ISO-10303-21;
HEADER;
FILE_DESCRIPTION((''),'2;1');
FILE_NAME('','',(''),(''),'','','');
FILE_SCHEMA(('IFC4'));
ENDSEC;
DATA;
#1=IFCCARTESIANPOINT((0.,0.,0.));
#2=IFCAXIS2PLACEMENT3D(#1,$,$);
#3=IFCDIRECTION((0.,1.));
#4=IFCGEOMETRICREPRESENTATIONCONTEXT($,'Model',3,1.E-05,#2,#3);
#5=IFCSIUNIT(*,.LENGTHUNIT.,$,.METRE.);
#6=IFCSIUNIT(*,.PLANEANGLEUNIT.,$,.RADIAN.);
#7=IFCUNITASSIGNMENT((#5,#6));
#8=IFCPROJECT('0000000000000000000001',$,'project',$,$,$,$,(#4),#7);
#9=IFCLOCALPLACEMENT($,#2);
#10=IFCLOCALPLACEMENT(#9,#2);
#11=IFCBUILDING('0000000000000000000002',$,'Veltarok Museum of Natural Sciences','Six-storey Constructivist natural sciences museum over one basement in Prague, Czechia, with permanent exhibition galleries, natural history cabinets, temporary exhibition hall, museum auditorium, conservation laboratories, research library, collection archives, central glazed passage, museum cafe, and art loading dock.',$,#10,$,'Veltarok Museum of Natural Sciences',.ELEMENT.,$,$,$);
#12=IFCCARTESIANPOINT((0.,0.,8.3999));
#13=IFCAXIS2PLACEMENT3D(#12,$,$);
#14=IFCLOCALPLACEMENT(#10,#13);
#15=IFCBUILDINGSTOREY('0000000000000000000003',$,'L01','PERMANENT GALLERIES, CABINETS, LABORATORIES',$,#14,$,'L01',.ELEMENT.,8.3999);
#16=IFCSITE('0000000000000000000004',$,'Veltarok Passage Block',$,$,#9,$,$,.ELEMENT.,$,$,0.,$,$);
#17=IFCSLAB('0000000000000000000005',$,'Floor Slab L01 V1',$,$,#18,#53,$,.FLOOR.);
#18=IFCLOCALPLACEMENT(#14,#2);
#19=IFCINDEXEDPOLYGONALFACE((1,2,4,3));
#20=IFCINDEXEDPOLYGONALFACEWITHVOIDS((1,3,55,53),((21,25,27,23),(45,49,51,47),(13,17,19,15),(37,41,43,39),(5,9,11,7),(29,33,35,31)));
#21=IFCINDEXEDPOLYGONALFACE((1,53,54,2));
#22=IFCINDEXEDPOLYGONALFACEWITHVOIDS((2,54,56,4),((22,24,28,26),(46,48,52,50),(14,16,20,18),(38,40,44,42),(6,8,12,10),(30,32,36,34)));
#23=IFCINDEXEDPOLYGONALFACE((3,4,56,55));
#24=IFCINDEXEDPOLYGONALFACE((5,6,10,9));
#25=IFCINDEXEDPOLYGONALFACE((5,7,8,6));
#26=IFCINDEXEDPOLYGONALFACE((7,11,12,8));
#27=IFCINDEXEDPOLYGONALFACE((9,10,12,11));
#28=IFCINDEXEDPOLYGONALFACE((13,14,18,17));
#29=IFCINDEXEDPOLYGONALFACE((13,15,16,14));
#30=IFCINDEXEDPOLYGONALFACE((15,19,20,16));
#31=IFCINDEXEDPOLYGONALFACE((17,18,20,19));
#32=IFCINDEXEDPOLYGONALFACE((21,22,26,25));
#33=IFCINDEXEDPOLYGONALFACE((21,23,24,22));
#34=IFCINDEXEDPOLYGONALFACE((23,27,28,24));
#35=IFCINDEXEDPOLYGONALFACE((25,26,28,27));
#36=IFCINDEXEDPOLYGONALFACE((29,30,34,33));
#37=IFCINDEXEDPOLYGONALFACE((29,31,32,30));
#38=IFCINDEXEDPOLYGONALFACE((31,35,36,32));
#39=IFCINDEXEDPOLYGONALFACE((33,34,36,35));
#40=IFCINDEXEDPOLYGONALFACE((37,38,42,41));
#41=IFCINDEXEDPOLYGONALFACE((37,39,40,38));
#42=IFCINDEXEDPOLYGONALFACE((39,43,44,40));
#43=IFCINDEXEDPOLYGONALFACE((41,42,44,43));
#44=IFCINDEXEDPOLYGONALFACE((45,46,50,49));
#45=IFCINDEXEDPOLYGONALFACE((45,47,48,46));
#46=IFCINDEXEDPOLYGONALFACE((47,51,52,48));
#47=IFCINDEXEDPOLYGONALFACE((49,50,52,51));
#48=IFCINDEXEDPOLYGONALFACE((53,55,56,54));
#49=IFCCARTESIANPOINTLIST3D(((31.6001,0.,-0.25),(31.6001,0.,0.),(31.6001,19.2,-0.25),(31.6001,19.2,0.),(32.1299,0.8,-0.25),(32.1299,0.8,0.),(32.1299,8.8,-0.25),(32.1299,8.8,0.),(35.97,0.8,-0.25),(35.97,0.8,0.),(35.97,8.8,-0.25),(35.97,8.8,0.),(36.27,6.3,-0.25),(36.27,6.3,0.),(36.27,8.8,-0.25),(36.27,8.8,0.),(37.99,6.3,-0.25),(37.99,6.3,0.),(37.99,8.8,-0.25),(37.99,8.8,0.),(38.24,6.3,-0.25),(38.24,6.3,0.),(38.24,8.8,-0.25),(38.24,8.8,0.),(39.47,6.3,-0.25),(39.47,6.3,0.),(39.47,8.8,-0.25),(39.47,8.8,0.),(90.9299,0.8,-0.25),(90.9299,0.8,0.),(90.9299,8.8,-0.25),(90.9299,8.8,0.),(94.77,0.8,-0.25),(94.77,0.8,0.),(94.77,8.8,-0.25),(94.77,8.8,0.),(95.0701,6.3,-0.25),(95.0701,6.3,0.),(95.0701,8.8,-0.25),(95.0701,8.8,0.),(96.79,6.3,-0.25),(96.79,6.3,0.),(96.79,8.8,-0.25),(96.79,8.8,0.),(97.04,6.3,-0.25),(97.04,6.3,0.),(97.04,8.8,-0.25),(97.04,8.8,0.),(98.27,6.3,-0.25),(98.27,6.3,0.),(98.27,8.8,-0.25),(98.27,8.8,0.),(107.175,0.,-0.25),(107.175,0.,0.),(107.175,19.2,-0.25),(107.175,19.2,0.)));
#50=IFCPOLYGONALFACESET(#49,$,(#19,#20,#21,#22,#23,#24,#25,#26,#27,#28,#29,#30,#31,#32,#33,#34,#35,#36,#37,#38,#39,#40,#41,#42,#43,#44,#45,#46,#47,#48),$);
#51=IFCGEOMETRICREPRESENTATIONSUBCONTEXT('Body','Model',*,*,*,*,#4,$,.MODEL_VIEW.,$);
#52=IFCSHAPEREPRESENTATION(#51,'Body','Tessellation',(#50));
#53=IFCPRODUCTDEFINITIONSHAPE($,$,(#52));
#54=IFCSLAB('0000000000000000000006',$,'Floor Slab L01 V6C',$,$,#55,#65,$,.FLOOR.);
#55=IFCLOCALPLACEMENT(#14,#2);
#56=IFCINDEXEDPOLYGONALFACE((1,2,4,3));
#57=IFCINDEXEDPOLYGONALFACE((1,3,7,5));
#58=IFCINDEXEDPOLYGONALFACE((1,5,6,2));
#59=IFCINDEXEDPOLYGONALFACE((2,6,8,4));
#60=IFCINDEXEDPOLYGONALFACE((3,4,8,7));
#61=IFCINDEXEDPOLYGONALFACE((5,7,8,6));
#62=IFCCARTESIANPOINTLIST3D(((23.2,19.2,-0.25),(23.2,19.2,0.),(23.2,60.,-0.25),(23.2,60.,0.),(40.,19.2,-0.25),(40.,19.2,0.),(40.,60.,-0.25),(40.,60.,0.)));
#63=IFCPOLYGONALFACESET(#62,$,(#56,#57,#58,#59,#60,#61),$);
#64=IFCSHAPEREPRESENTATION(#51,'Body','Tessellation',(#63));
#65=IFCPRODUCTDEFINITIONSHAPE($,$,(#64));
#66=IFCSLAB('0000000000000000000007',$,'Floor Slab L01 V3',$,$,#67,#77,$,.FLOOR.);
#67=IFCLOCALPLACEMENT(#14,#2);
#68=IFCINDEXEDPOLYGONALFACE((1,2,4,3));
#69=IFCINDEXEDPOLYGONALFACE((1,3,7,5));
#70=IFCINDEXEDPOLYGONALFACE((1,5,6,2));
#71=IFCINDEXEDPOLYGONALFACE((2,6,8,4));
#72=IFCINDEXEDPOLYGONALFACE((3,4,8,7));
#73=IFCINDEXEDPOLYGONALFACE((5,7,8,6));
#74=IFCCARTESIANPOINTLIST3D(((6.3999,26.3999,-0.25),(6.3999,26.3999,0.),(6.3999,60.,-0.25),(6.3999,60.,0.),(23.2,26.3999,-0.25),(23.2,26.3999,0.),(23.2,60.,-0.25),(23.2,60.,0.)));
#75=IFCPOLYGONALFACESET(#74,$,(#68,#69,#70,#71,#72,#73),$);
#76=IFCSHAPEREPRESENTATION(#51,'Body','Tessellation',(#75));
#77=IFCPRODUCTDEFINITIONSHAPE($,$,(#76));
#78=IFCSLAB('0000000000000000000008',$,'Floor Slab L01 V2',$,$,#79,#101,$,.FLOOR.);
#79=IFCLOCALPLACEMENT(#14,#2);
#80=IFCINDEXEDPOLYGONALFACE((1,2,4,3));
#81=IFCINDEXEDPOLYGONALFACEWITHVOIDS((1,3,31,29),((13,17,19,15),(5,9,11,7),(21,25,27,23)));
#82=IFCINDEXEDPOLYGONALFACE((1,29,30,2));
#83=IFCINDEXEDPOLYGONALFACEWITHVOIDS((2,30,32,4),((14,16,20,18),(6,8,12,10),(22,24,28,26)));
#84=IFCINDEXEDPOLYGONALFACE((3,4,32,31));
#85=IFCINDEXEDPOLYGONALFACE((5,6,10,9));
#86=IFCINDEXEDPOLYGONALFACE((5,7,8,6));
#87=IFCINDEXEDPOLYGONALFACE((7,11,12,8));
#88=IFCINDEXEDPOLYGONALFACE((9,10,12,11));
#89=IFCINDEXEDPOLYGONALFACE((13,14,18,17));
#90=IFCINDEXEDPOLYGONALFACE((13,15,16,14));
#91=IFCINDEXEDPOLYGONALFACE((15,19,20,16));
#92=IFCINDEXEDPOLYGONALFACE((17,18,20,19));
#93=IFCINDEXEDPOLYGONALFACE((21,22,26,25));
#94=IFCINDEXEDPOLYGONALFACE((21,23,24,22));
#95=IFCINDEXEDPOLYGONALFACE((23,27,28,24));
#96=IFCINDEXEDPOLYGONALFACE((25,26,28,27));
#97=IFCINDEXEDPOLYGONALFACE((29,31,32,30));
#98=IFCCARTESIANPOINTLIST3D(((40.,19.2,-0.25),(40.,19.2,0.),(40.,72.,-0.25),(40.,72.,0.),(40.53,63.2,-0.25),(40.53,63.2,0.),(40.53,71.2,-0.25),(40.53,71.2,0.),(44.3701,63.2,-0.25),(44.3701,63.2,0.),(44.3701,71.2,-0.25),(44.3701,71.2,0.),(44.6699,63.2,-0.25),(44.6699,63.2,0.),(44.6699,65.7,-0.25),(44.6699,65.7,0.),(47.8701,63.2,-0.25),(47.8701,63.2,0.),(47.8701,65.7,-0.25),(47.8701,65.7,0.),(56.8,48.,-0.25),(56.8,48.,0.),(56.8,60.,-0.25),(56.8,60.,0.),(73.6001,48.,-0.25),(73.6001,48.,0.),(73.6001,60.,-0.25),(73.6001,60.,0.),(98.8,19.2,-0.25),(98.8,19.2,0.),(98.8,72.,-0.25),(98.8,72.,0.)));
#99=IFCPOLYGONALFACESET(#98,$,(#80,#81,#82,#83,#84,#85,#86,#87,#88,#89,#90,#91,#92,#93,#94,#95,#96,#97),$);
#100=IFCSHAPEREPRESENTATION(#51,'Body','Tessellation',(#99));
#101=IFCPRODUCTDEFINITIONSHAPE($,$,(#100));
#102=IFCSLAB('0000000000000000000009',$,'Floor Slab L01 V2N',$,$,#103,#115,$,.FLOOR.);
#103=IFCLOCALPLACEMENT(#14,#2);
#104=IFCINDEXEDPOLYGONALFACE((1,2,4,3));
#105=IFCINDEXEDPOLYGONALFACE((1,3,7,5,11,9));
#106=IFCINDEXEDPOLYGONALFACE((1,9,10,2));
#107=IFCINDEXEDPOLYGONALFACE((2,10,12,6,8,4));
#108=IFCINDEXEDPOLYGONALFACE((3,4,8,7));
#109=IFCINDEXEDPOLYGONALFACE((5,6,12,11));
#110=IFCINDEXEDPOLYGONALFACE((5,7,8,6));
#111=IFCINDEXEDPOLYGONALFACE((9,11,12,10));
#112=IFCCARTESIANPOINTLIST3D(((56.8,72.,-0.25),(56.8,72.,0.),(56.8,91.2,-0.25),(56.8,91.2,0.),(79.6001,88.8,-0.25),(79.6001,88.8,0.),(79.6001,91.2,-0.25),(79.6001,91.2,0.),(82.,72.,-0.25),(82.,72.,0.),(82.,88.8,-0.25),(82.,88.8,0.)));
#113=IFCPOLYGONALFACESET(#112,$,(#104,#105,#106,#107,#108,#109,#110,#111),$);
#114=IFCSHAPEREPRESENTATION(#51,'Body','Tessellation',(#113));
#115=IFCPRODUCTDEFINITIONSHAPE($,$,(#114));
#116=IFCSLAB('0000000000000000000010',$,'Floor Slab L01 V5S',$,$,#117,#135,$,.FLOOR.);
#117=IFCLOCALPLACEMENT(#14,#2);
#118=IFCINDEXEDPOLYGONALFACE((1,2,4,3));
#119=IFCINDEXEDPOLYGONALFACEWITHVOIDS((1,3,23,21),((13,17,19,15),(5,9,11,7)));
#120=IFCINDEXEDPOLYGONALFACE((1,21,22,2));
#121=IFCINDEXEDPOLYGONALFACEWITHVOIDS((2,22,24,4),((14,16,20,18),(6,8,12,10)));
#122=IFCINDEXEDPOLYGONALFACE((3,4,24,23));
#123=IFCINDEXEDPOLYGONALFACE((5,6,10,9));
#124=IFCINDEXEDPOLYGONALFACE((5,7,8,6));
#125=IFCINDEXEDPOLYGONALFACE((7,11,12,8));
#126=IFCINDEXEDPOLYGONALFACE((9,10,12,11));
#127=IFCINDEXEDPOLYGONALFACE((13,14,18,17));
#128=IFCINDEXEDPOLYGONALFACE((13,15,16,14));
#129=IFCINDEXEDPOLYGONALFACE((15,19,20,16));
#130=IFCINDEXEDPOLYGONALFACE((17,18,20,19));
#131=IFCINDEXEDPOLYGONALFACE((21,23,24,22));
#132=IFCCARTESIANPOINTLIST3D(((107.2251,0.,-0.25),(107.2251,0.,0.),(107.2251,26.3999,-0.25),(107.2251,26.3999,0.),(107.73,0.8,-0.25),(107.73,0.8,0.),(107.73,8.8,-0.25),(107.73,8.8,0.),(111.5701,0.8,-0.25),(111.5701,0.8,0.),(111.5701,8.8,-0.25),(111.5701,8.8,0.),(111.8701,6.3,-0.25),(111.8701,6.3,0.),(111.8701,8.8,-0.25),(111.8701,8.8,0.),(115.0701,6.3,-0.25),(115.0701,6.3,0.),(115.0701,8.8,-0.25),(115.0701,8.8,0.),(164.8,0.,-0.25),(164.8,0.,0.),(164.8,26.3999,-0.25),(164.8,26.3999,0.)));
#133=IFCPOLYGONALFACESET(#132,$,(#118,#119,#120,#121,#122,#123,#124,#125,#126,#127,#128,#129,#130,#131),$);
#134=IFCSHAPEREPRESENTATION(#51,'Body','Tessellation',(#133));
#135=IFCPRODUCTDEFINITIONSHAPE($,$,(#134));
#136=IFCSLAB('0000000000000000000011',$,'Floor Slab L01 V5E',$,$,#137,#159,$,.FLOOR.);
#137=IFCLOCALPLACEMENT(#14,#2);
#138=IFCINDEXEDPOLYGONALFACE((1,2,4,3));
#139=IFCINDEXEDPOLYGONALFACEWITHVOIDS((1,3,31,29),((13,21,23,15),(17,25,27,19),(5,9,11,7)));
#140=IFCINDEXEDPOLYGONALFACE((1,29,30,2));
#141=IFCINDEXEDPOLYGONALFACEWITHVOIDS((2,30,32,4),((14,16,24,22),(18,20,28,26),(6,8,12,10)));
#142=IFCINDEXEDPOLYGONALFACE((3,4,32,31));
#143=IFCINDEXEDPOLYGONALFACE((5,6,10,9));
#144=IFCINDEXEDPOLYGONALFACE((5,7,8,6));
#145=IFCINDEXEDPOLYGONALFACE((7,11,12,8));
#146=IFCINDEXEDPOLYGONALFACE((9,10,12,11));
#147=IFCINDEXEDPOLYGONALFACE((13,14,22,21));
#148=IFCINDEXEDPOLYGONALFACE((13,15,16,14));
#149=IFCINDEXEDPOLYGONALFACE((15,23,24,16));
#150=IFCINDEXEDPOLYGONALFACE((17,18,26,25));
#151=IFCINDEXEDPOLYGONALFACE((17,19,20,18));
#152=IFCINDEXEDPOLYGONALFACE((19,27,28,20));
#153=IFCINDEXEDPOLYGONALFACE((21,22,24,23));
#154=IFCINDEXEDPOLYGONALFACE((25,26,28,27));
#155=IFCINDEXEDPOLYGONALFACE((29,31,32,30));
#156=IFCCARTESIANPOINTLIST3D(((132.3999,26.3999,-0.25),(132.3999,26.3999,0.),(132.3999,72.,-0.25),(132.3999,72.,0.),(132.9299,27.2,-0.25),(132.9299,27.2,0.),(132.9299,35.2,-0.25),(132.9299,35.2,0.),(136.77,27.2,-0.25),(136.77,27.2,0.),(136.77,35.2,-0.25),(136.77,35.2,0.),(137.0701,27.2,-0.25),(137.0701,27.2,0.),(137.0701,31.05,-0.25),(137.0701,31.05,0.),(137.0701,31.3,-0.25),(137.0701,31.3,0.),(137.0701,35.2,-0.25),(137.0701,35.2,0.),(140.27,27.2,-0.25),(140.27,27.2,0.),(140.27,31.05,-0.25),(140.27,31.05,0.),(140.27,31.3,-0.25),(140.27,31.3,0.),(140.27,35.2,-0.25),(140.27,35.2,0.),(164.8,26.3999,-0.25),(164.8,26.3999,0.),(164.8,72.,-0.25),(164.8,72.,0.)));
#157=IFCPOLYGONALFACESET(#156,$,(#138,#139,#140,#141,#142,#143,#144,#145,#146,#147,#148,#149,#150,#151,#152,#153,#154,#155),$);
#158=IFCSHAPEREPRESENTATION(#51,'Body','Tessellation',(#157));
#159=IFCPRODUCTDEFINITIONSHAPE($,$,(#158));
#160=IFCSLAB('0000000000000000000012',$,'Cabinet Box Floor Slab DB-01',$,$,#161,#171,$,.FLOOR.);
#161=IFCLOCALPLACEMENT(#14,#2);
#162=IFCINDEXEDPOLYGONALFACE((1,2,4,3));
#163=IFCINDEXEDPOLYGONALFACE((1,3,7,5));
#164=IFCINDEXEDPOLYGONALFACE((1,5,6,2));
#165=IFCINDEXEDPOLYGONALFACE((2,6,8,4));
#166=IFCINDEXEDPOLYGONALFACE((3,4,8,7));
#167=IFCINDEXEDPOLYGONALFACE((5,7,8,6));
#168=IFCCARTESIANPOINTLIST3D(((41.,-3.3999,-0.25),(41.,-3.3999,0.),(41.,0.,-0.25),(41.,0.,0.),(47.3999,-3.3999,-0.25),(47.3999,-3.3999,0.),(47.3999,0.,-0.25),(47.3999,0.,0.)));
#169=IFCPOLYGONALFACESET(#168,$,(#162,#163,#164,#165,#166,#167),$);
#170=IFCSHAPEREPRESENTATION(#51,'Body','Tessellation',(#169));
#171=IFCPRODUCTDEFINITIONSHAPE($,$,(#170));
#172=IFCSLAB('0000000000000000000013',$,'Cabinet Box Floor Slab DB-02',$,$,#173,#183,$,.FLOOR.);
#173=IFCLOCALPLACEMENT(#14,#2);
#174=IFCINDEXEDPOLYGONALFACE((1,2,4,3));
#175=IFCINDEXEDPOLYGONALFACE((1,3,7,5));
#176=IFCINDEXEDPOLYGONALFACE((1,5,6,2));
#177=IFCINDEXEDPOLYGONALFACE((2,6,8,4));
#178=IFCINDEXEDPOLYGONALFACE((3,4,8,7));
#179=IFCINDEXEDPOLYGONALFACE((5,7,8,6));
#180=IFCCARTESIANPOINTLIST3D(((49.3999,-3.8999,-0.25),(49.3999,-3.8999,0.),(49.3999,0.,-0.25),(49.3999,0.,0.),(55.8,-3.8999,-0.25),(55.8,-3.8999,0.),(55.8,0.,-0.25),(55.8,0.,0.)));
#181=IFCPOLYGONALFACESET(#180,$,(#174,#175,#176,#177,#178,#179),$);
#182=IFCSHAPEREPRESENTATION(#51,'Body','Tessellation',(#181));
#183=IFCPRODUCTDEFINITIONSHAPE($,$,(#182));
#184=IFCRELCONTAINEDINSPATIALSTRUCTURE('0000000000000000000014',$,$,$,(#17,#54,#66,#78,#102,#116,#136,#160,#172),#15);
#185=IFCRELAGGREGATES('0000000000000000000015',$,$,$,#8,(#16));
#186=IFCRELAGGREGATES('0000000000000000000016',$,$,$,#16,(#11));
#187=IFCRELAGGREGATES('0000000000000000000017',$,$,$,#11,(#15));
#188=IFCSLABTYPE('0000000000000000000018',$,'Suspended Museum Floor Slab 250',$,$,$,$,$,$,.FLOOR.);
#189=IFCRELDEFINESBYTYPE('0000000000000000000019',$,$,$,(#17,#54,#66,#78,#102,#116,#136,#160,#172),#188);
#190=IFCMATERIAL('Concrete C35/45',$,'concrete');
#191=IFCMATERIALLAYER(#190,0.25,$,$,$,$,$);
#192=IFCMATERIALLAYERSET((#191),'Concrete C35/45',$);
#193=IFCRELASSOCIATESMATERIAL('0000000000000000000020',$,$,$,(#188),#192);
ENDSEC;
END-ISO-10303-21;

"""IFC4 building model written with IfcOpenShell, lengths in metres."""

from ifc_helpers import new_model, si_unit, direction, frame, origin, place, context, subcontext, project, spatial, polyline, outline, extrude, material, layer, layer_set, type_object, element, save


model = new_model("IFC4")

# Units and contexts
model_context = context("Model", 3, precision=1e-05, world=origin(), true_north=direction((0.0, 1.0)))
body_context = subcontext(model_context, "Body", "Model", "MODEL_VIEW")
ifc_project = project(units=[si_unit("LENGTHUNIT", "METRE"), si_unit("PLANEANGLEUNIT", "RADIAN")], contexts=[model_context])

# Site, building, storey
site_placement = place(None, origin())
site = spatial("IfcSite", under=ifc_project, at=site_placement, Name="Veltarok Passage Block", CompositionType="ELEMENT", RefElevation=0.0)
building_placement = place(site_placement, origin())
building = spatial("IfcBuilding", under=site, at=building_placement, Name="Veltarok Museum of Natural Sciences", Description="Six-storey Constructivist natural sciences museum over one basement in Prague, Czechia, with permanent exhibition galleries, natural history cabinets, temporary exhibition hall, museum auditorium, conservation laboratories, research library, collection archives, central glazed passage, museum cafe, and art loading dock.", LongName="Veltarok Museum of Natural Sciences", CompositionType="ELEMENT")
storey_placement = place(building_placement, frame((0.0, 0.0, 8.3999)))
storey = spatial("IfcBuildingStorey", under=building, at=storey_placement, Name="L01", Description="PERMANENT GALLERIES, CABINETS, LABORATORIES", LongName="L01", CompositionType="ELEMENT", Elevation=8.3999)

# Shared definitions
ifc_material_1 = material(Name="Concrete C35/45", Category="concrete")

# Slabs
ifc_layer_1 = layer(ifc_material_1, 0.25)
ifc_layer_set_1 = layer_set([ifc_layer_1], Name="Concrete C35/45")
slab_type_1 = type_object("IfcSlabType", Name="Suspended Museum Floor Slab 250", PredefinedType="FLOOR", material=ifc_layer_set_1)
slab_1_placement = place(storey_placement, frame((0.0, 0.0, -0.25)))
element("IfcSlab", 1, at=slab_1_placement, inside=storey, type_object=slab_type_1, Name="Floor Slab L01 V1", PredefinedType="FLOOR", context=body_context, shape_type="SweptSolid", body=[
    extrude(outline(polyline([(31.6001, 0.0), (31.6001, 19.2), (107.175, 19.2), (107.175, 0.0), (31.6001, 0.0)]), holes=[polyline([(32.1299, 8.8), (32.1299, 0.8), (35.97, 0.8), (35.97, 8.8), (32.1299, 8.8)]), polyline([(94.77, 8.8), (90.9299, 8.8), (90.9299, 0.8), (94.77, 0.8), (94.77, 8.8)]), polyline([(37.99, 8.8), (36.27, 8.8), (36.27, 6.3), (37.99, 6.3), (37.99, 8.8)]), polyline([(39.47, 8.8), (38.24, 8.8), (38.24, 6.3), (39.47, 6.3), (39.47, 8.8)]), polyline([(96.79, 8.8), (95.0701, 8.8), (95.0701, 6.3), (96.79, 6.3), (96.79, 8.8)]), polyline([(98.27, 8.8), (97.04, 8.8), (97.04, 6.3), (98.27, 6.3), (98.27, 8.8)])]), origin(), (0.0, 0.0, 1.0), 0.25),
])
slab_2_placement = place(storey_placement, frame((0.0, 0.0, -0.25)))
element("IfcSlab", 2, at=slab_2_placement, inside=storey, type_object=slab_type_1, Name="Floor Slab L01 V6C", PredefinedType="FLOOR", context=body_context, shape_type="SweptSolid", body=[
    extrude(outline(polyline([(23.2, 19.2), (23.2, 60.0), (40.0, 60.0), (40.0, 19.2), (23.2, 19.2)])), origin(), (0.0, 0.0, 1.0), 0.25),
])
slab_3_placement = place(storey_placement, frame((0.0, 0.0, -0.25)))
element("IfcSlab", 3, at=slab_3_placement, inside=storey, type_object=slab_type_1, Name="Floor Slab L01 V3", PredefinedType="FLOOR", context=body_context, shape_type="SweptSolid", body=[
    extrude(outline(polyline([(6.3999, 26.3999), (6.3999, 60.0), (23.2, 60.0), (23.2, 26.3999), (6.3999, 26.3999)])), origin(), (0.0, 0.0, 1.0), 0.25),
])
slab_4_placement = place(storey_placement, frame((0.0, 0.0, -0.25)))
element("IfcSlab", 4, at=slab_4_placement, inside=storey, type_object=slab_type_1, Name="Floor Slab L01 V2", PredefinedType="FLOOR", context=body_context, shape_type="SweptSolid", body=[
    extrude(outline(polyline([(40.0, 19.2), (40.0, 72.0), (98.8, 72.0), (98.8, 19.2), (40.0, 19.2)]), holes=[polyline([(73.6001, 60.0), (56.8, 60.0), (56.8, 48.0), (73.6001, 48.0), (73.6001, 60.0)]), polyline([(47.8701, 65.7), (44.6699, 65.7), (44.6699, 63.2), (47.8701, 63.2), (47.8701, 65.7)]), polyline([(44.3701, 71.2), (40.53, 71.2), (40.53, 63.2), (44.3701, 63.2), (44.3701, 71.2)])]), origin(), (0.0, 0.0, 1.0), 0.25),
])
slab_5_placement = place(storey_placement, frame((0.0, 0.0, -0.25)))
element("IfcSlab", 5, at=slab_5_placement, inside=storey, type_object=slab_type_1, Name="Floor Slab L01 V2N", PredefinedType="FLOOR", context=body_context, shape_type="SweptSolid", body=[
    extrude(outline(polyline([(56.8, 72.0), (56.8, 91.2), (79.6001, 91.2), (79.6001, 88.8), (82.0, 88.8), (82.0, 72.0), (56.8, 72.0)])), origin(), (0.0, 0.0, 1.0), 0.25),
])
slab_6_placement = place(storey_placement, frame((0.0, 0.0, -0.25)))
element("IfcSlab", 6, at=slab_6_placement, inside=storey, type_object=slab_type_1, Name="Floor Slab L01 V5S", PredefinedType="FLOOR", context=body_context, shape_type="SweptSolid", body=[
    extrude(outline(polyline([(107.2251, 0.0), (107.2251, 26.3999), (164.8, 26.3999), (164.8, 0.0), (107.2251, 0.0)]), holes=[polyline([(107.73, 8.8), (107.73, 0.8), (111.5701, 0.8), (111.5701, 8.8), (107.73, 8.8)]), polyline([(115.0701, 8.8), (111.8701, 8.8), (111.8701, 6.3), (115.0701, 6.3), (115.0701, 8.8)])]), origin(), (0.0, 0.0, 1.0), 0.25),
])
slab_7_placement = place(storey_placement, frame((0.0, 0.0, -0.25)))
element("IfcSlab", 7, at=slab_7_placement, inside=storey, type_object=slab_type_1, Name="Floor Slab L01 V5E", PredefinedType="FLOOR", context=body_context, shape_type="SweptSolid", body=[
    extrude(outline(polyline([(132.3999, 26.3999), (132.3999, 72.0), (164.8, 72.0), (164.8, 26.3999), (132.3999, 26.3999)]), holes=[polyline([(140.27, 31.05), (137.0701, 31.05), (137.0701, 27.2), (140.27, 27.2), (140.27, 31.05)]), polyline([(136.77, 35.2), (132.9299, 35.2), (132.9299, 27.2), (136.77, 27.2), (136.77, 35.2)]), polyline([(140.27, 35.2), (137.0701, 35.2), (137.0701, 31.3), (140.27, 31.3), (140.27, 35.2)])]), origin(), (0.0, 0.0, 1.0), 0.25),
])
slab_8_placement = place(storey_placement, frame((0.0, 0.0, -0.25)))
element("IfcSlab", 8, at=slab_8_placement, inside=storey, type_object=slab_type_1, Name="Cabinet Box Floor Slab DB-01", PredefinedType="FLOOR", context=body_context, shape_type="SweptSolid", body=[
    extrude(outline(polyline([(41.0, -3.3999), (47.3999, -3.3999), (47.3999, 0.0), (41.0, 0.0), (41.0, -3.3999)])), origin(), (0.0, 0.0, 1.0), 0.25),
])
slab_9_placement = place(storey_placement, frame((0.0, 0.0, -0.25)))
element("IfcSlab", 9, at=slab_9_placement, inside=storey, type_object=slab_type_1, Name="Cabinet Box Floor Slab DB-02", PredefinedType="FLOOR", context=body_context, shape_type="SweptSolid", body=[
    extrude(outline(polyline([(49.3999, -3.8999), (55.8, -3.8999), (55.8, 0.0), (49.3999, 0.0), (49.3999, -3.8999)])), origin(), (0.0, 0.0, 1.0), 0.25),
])

save(model, "model.ifc")
